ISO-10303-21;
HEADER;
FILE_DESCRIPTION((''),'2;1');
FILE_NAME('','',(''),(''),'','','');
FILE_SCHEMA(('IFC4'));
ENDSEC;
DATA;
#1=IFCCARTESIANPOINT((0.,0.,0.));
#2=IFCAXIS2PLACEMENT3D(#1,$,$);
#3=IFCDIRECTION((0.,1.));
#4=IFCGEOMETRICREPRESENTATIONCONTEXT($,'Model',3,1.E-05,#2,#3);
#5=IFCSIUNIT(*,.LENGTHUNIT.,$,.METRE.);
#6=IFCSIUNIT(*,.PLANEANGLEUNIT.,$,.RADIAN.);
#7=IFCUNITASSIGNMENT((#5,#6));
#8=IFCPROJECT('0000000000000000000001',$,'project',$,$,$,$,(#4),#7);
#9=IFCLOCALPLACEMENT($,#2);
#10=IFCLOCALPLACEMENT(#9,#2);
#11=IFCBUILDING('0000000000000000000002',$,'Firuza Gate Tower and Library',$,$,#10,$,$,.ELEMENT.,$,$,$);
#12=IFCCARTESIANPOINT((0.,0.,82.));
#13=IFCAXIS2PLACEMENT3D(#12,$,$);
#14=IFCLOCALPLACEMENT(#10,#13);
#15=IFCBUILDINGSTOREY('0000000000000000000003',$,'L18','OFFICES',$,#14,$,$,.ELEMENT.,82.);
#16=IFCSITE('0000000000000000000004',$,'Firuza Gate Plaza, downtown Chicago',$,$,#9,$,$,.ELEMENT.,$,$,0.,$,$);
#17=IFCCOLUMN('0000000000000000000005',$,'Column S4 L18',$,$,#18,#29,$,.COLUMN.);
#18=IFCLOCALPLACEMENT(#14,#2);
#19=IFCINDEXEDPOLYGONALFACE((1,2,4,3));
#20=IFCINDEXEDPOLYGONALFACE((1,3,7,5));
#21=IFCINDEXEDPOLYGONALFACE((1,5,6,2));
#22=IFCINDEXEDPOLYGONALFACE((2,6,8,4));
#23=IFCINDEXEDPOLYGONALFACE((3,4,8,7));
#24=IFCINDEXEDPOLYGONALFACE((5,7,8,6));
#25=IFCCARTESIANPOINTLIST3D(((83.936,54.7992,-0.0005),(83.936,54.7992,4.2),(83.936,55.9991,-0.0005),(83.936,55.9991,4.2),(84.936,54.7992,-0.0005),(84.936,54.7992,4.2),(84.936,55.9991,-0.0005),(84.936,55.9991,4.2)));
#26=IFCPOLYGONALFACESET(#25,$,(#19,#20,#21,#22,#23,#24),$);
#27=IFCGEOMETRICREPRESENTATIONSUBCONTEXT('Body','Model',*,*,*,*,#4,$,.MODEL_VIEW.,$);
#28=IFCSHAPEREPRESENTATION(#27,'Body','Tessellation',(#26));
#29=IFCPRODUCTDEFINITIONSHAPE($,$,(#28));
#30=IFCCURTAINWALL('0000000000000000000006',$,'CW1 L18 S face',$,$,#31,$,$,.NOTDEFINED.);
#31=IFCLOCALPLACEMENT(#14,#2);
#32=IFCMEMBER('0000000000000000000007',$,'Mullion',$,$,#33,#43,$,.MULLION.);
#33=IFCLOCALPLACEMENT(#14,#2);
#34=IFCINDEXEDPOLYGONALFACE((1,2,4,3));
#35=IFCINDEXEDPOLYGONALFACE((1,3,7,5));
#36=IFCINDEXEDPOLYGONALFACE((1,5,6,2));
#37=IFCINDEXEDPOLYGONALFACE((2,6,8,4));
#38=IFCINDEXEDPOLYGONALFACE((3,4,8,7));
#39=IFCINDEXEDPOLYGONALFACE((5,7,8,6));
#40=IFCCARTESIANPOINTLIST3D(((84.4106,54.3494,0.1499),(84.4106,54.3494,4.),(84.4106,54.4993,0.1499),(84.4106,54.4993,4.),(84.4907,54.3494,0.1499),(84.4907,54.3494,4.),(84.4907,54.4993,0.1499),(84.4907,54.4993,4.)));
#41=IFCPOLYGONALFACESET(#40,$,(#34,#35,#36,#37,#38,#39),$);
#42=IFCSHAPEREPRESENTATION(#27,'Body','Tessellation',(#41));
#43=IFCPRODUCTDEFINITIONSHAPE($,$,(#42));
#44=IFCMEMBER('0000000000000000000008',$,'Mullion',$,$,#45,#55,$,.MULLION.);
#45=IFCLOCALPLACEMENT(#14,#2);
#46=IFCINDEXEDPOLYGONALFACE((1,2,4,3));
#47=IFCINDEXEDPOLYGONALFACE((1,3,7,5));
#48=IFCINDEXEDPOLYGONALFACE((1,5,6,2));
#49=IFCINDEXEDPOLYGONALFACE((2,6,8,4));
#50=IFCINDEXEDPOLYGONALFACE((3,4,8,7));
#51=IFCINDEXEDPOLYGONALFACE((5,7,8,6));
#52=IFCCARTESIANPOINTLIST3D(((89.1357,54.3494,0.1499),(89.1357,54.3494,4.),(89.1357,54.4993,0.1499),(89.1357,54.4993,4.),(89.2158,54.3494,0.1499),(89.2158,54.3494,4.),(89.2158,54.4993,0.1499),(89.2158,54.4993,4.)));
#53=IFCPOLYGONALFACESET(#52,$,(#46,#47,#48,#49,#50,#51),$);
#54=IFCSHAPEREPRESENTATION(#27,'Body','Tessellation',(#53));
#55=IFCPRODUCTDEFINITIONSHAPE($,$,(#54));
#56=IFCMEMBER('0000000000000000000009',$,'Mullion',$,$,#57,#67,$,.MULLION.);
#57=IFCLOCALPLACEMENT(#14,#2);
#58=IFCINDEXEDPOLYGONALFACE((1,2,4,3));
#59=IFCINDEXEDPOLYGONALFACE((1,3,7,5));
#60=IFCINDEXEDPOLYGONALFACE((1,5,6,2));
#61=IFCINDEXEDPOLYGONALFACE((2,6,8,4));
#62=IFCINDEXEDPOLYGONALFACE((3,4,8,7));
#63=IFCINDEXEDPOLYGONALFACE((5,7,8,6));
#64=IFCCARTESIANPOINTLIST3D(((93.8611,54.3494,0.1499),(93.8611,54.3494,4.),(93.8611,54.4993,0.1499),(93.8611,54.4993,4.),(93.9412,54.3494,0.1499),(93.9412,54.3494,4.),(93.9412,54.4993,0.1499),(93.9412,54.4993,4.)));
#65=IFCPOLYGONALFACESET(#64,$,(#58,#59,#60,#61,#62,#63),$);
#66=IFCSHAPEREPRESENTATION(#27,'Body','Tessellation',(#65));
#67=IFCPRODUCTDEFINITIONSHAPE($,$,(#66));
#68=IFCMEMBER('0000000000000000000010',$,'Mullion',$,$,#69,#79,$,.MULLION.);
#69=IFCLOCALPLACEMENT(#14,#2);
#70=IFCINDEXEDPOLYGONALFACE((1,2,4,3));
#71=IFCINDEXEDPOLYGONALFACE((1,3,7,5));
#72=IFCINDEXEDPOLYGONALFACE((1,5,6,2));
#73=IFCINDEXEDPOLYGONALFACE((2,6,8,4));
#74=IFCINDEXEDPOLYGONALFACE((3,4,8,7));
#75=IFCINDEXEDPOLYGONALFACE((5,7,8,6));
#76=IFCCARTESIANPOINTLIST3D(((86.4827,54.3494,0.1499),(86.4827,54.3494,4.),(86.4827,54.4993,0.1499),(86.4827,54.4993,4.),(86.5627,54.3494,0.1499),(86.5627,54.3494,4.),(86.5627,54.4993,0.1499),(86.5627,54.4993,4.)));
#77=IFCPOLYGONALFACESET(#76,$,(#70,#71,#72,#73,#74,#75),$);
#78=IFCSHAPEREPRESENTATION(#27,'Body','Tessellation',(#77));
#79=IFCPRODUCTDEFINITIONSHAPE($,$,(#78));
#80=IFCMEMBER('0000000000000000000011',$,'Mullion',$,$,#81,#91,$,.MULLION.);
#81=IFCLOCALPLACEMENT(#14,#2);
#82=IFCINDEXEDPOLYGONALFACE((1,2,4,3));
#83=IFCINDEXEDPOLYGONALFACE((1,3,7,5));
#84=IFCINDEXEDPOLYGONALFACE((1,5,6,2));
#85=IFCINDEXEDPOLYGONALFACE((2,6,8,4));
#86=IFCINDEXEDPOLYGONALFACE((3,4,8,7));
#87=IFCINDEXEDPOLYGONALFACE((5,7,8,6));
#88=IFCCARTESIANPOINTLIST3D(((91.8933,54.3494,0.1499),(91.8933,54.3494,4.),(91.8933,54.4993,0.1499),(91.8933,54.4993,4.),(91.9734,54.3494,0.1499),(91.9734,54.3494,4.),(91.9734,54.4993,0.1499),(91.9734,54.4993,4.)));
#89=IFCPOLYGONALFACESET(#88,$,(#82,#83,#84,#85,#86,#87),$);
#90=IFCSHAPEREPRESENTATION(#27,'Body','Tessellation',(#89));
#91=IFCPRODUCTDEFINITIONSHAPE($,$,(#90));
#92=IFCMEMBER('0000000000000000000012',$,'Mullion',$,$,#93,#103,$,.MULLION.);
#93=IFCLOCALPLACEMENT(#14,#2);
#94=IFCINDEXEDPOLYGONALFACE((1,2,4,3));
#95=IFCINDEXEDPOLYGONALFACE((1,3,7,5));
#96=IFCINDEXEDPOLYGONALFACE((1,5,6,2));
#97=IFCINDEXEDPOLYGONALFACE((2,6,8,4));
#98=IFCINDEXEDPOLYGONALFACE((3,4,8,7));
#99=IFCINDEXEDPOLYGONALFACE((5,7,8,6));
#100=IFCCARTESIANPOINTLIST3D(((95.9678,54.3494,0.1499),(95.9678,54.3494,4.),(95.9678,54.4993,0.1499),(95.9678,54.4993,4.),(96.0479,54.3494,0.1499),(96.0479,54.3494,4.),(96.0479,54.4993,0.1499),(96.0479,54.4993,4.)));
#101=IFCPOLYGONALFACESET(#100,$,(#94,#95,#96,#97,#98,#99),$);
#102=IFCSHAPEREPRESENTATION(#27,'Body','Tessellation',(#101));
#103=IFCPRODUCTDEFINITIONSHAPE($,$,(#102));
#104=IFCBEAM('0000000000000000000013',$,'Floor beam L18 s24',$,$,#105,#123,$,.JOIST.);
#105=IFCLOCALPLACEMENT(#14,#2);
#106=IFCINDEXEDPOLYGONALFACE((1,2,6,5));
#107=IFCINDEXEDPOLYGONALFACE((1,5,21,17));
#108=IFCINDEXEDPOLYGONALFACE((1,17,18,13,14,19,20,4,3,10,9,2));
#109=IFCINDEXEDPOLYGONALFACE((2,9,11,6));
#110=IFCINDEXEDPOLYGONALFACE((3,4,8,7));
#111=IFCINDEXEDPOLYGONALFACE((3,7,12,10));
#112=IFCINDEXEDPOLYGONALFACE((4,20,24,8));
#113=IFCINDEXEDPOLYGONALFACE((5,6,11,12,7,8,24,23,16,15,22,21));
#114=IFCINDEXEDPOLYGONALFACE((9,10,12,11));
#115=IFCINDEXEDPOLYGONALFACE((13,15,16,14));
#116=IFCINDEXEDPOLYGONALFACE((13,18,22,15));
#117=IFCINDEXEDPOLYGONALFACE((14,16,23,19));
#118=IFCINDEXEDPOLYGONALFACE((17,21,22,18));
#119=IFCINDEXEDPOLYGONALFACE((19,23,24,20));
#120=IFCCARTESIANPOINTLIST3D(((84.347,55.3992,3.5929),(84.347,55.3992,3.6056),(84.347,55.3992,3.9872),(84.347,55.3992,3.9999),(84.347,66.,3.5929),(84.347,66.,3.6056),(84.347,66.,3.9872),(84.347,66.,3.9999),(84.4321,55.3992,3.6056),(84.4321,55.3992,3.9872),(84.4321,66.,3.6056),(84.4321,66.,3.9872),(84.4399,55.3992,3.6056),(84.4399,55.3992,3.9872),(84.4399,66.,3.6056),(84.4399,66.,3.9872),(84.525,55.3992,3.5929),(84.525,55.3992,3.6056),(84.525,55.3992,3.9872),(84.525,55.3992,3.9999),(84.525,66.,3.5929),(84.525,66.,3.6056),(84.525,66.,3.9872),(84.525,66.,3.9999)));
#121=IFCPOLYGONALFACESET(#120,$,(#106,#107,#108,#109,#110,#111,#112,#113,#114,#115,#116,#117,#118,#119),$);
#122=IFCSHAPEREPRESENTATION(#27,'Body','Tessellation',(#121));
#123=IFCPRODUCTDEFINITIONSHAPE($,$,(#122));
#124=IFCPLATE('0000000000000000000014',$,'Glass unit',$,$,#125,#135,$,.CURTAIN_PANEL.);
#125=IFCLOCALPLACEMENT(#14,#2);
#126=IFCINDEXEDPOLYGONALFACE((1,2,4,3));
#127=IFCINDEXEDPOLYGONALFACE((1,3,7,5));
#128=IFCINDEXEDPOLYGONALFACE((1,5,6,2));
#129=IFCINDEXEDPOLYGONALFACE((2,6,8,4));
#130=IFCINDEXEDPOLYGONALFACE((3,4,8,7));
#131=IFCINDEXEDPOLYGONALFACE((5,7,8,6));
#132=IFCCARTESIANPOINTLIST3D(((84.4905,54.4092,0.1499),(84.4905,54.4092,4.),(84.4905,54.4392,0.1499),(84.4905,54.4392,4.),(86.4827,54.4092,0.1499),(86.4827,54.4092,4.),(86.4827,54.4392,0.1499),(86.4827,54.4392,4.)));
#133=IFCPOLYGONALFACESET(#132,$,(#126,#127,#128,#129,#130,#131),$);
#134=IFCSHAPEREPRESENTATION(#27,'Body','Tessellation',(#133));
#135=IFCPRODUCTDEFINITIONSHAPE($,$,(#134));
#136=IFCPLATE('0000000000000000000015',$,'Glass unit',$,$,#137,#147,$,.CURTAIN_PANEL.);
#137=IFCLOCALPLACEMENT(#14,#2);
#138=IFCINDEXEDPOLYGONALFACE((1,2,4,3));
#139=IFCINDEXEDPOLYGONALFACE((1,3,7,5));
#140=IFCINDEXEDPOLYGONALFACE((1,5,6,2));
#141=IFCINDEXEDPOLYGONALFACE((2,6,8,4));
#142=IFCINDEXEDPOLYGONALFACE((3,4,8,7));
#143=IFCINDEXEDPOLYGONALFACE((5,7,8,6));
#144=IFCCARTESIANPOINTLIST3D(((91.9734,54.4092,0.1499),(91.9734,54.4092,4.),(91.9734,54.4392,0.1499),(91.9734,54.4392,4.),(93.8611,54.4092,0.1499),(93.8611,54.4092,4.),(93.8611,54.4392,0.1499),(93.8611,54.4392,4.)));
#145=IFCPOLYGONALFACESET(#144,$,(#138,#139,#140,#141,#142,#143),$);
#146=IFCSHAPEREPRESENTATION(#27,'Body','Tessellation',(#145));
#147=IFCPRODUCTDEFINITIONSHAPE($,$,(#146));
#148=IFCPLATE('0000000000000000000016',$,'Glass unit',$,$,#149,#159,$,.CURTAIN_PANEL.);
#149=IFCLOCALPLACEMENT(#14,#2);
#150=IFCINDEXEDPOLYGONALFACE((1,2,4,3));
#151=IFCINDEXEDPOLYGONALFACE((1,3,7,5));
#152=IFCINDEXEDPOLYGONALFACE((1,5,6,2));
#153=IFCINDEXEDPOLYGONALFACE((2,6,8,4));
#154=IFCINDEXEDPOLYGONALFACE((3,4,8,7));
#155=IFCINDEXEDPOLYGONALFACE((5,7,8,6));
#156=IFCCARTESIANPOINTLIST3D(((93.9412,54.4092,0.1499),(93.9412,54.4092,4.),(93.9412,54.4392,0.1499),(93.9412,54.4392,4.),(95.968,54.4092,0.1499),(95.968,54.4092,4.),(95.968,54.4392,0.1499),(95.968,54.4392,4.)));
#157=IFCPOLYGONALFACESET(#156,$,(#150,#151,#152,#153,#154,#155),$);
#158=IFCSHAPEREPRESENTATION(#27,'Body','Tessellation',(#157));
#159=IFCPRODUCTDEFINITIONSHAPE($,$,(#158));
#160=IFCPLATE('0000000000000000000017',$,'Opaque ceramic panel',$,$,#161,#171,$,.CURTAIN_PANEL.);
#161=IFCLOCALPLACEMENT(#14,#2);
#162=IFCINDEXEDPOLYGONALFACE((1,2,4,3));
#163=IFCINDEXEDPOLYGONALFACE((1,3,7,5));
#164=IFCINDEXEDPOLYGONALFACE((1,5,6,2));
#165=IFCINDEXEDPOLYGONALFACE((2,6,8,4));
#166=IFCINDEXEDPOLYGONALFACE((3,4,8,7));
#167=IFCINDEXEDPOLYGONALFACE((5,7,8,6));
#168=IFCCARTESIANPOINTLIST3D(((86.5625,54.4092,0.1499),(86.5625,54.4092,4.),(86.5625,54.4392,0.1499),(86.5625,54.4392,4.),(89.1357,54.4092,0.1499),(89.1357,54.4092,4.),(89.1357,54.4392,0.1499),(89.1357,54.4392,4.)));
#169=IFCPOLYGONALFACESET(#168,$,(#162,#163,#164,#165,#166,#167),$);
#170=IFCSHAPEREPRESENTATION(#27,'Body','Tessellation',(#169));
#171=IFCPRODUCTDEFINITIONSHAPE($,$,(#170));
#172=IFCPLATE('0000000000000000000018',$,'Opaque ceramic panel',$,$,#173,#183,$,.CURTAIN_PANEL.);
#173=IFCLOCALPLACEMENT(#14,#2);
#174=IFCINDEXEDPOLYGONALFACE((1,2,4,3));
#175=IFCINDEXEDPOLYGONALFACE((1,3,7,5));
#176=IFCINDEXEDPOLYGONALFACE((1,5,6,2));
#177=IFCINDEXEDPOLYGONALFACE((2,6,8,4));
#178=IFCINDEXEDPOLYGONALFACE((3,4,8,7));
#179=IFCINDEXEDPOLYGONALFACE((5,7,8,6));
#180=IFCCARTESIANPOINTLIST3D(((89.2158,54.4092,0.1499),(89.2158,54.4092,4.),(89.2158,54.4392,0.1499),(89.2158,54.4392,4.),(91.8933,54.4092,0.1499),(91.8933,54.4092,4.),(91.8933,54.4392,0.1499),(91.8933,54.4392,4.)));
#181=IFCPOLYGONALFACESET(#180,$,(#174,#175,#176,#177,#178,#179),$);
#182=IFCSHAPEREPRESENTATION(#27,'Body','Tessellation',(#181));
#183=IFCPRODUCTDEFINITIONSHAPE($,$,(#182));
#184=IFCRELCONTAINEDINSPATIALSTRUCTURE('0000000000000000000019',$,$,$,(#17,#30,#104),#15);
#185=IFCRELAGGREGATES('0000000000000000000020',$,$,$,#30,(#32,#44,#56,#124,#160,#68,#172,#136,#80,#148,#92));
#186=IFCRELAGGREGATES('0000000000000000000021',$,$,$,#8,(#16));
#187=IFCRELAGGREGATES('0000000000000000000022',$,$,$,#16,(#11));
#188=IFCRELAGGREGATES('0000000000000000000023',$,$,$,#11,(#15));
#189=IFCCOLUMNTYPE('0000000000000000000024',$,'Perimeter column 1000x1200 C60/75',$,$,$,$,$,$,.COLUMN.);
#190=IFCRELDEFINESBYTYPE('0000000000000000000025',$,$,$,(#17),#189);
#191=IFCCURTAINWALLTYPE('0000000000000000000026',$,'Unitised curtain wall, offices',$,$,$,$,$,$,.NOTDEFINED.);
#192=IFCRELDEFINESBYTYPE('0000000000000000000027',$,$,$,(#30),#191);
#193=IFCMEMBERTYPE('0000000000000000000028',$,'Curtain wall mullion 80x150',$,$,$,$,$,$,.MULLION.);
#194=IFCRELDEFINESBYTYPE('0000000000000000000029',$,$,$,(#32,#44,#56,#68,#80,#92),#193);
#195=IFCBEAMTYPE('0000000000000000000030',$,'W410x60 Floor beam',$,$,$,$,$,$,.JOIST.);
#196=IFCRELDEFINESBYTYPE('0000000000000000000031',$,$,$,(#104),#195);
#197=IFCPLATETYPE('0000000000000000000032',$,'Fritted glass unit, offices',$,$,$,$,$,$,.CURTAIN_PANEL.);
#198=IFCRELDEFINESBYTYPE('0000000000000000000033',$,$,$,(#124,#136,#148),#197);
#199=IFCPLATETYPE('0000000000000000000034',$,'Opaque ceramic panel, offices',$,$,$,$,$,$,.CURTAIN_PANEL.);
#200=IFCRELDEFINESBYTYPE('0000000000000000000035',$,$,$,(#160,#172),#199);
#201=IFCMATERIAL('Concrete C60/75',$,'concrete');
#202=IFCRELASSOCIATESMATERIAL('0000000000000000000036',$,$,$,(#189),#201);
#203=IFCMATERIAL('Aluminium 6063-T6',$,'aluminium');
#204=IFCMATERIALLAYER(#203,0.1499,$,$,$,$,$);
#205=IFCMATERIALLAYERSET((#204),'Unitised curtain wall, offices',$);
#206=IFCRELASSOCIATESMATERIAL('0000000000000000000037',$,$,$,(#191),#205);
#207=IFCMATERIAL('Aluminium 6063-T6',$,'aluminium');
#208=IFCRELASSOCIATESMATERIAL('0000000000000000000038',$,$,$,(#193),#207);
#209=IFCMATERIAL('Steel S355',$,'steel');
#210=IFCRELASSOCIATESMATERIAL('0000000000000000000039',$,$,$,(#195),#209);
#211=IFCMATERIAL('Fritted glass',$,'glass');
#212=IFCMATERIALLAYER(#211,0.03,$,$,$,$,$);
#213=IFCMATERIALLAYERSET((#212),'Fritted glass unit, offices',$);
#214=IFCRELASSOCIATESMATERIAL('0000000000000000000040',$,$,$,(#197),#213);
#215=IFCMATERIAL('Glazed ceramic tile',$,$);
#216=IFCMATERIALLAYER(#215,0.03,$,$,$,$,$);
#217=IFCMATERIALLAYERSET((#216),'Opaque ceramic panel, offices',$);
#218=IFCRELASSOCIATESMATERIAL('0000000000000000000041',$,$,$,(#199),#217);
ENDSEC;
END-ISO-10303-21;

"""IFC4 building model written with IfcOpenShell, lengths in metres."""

from ifc_helpers import new_model, si_unit, direction, frame, origin, origin_2d, place, context, subcontext, project, spatial, polyline, rectangle, i_section, outline, extrude, material, layer, layer_set, material_profile, profile_set, type_object, element, aggregate, save


model = new_model("IFC4")

# Units and contexts
model_context = context("Model", 3, precision=1e-05, world=origin(), true_north=direction((0.0, 1.0)))
body_context = subcontext(model_context, "Body", "Model", "MODEL_VIEW")
ifc_project = project(units=[si_unit("LENGTHUNIT", "METRE"), si_unit("PLANEANGLEUNIT", "RADIAN")], contexts=[model_context])

# Site, building, storey
site_placement = place(None, origin())
site = spatial("IfcSite", under=ifc_project, at=site_placement, Name="Firuza Gate Plaza, downtown Chicago", CompositionType="ELEMENT", RefElevation=0.0)
building_placement = place(site_placement, origin())
building = spatial("IfcBuilding", under=site, at=building_placement, Name="Firuza Gate Tower and Library", CompositionType="ELEMENT")
storey_placement = place(building_placement, frame((0.0, 0.0, 82.0)))
storey = spatial("IfcBuildingStorey", under=building, at=storey_placement, Name="L18", Description="OFFICES", CompositionType="ELEMENT", Elevation=82.0)

# Column
ifc_material_1 = material(Name="Concrete C60/75", Category="concrete")
ifc_material_profile_1 = material_profile(ifc_material_1, rectangle(XDim=1.0, YDim=1.2, at=origin_2d()))
ifc_profile_set_1 = profile_set([ifc_material_profile_1], Name="Concrete C60/75")
column_type = type_object("IfcColumnType", Name="Perimeter column 1000x1200 C60/75", PredefinedType="COLUMN", material=ifc_profile_set_1)
column_placement = place(storey_placement, frame((84.436, 55.3992, -0.0005), z_axis=(0.0, 0.0, 1.0), x_axis=(1.0, 0.0, 0.0)))
element("IfcColumn", 1, at=column_placement, inside=storey, type_object=column_type, Name="Column S4 L18", PredefinedType="COLUMN", context=body_context, shape_type="SweptSolid", body=[
    extrude(rectangle(XDim=1.0, YDim=1.2, at=origin_2d()), origin(), (0.0, 0.0, 1.0), 4.2004),
])

# Curtain wall, members
ifc_material_2 = material(Name="Aluminium 6063-T6", Category="aluminium")
ifc_layer_1 = layer(ifc_material_2, 0.1499)
ifc_layer_set_1 = layer_set([ifc_layer_1], Name="Unitised curtain wall, offices")
curtain_wall_type = type_object("IfcCurtainWallType", Name="Unitised curtain wall, offices", PredefinedType="NOTDEFINED", material=ifc_layer_set_1)
curtain_wall_placement = place(storey_placement, origin())
curtain_wall = element("IfcCurtainWall", 2, at=curtain_wall_placement, inside=storey, type_object=curtain_wall_type, Name="CW1 L18 S face", PredefinedType="NOTDEFINED")
ifc_material_3 = material(Name="Aluminium 6063-T6", Category="aluminium")
ifc_material_profile_2 = material_profile(ifc_material_3, rectangle(XDim=0.1499, YDim=0.0801, at=origin_2d()))
ifc_profile_set_2 = profile_set([ifc_material_profile_2], Name="Aluminium 6063-T6")
member_type = type_object("IfcMemberType", Name="Curtain wall mullion 80x150", PredefinedType="MULLION", material=ifc_profile_set_2)
member_1_placement = place(storey_placement, frame((84.4507, 54.4243, 0.1499), z_axis=(0.0, 0.0, 1.0), x_axis=(0.0, 1.0, 0.0)))
member_1 = element("IfcMember", 3, at=member_1_placement, type_object=member_type, Name="Mullion", PredefinedType="MULLION", context=body_context, shape_type="SweptSolid", body=[
    extrude(rectangle(XDim=0.1499, YDim=0.0801, at=origin_2d()), origin(), (0.0, 0.0, 1.0), 3.8501),
])
member_2_placement = place(storey_placement, frame((89.1758, 54.4243, 0.1499), z_axis=(0.0, 0.0, 1.0), x_axis=(0.0, 1.0, 0.0)))
member_2 = element("IfcMember", 4, at=member_2_placement, type_object=member_type, Name="Mullion", PredefinedType="MULLION", context=body_context, shape_type="SweptSolid", body=[
    extrude(rectangle(XDim=0.1499, YDim=0.0801, at=origin_2d()), origin(), (0.0, 0.0, 1.0), 3.8501),
])
member_3_placement = place(storey_placement, frame((93.9011, 54.4243, 0.1499), z_axis=(0.0, 0.0, 1.0), x_axis=(0.0, 1.0, 0.0)))
member_3 = element("IfcMember", 5, at=member_3_placement, type_object=member_type, Name="Mullion", PredefinedType="MULLION", context=body_context, shape_type="SweptSolid", body=[
    extrude(rectangle(XDim=0.1499, YDim=0.0801, at=origin_2d()), origin(), (0.0, 0.0, 1.0), 3.8501),
])
member_4_placement = place(storey_placement, frame((86.5227, 54.4243, 0.1499), z_axis=(0.0, 0.0, 1.0), x_axis=(0.0, 1.0, 0.0)))
member_4 = element("IfcMember", 6, at=member_4_placement, type_object=member_type, Name="Mullion", PredefinedType="MULLION", context=body_context, shape_type="SweptSolid", body=[
    extrude(rectangle(XDim=0.1499, YDim=0.0801, at=origin_2d()), origin(), (0.0, 0.0, 1.0), 3.8501),
])
member_5_placement = place(storey_placement, frame((91.9333, 54.4243, 0.1499), z_axis=(0.0, 0.0, 1.0), x_axis=(0.0, 1.0, 0.0)))
member_5 = element("IfcMember", 7, at=member_5_placement, type_object=member_type, Name="Mullion", PredefinedType="MULLION", context=body_context, shape_type="SweptSolid", body=[
    extrude(rectangle(XDim=0.1499, YDim=0.0801, at=origin_2d()), origin(), (0.0, 0.0, 1.0), 3.8501),
])
member_6_placement = place(storey_placement, frame((96.0078, 54.4243, 0.1499), z_axis=(0.0, 0.0, 1.0), x_axis=(0.0, 1.0, 0.0)))
member_6 = element("IfcMember", 8, at=member_6_placement, type_object=member_type, Name="Mullion", PredefinedType="MULLION", context=body_context, shape_type="SweptSolid", body=[
    extrude(rectangle(XDim=0.1499, YDim=0.0801, at=origin_2d()), origin(), (0.0, 0.0, 1.0), 3.8501),
])

# Beam
ifc_material_4 = material(Name="Steel S355", Category="steel")
ifc_material_profile_3 = material_profile(ifc_material_4, i_section(OverallWidth=0.178, OverallDepth=0.407, WebThickness=0.0078, FlangeThickness=0.0127, at=origin_2d()))
ifc_profile_set_3 = profile_set([ifc_material_profile_3], Name="Steel S355")
beam_type = type_object("IfcBeamType", Name="W410x60 Floor beam", PredefinedType="JOIST", material=ifc_profile_set_3)
beam_placement = place(storey_placement, frame((84.436, 55.3992, 3.7964), z_axis=(0.0, 1.0, 0.0), x_axis=(-1.0, 0.0, 0.0)))
element("IfcBeam", 9, at=beam_placement, inside=storey, type_object=beam_type, Name="Floor beam L18 s24", PredefinedType="JOIST", context=body_context, shape_type="SweptSolid", body=[
    extrude(i_section(OverallWidth=0.178, OverallDepth=0.407, WebThickness=0.0078, FlangeThickness=0.0127, at=origin_2d()), origin(), (0.0, 0.0, 1.0), 10.6008),
])

# Plates
ifc_material_5 = material(Name="Fritted glass", Category="glass")
ifc_layer_2 = layer(ifc_material_5, 0.03)
ifc_layer_set_2 = layer_set([ifc_layer_2], Name="Fritted glass unit, offices")
plate_type_1 = type_object("IfcPlateType", Name="Fritted glass unit, offices", PredefinedType="CURTAIN_PANEL", material=ifc_layer_set_2)
plate_1_placement = place(storey_placement, frame((84.4905, 54.4092, 0.1499), z_axis=(0.0, -1.0, 0.0), x_axis=(1.0, 0.0, 0.0)))
plate_1 = element("IfcPlate", 10, at=plate_1_placement, type_object=plate_type_1, Name="Glass unit", PredefinedType="CURTAIN_PANEL", context=body_context, shape_type="SweptSolid", body=[
    extrude(outline(polyline([(0.0, 0.0), (1.9922, 0.0), (1.9922, 3.8501), (0.0, 3.8501), (0.0, 0.0)])), origin(), (0.0, 0.0, -1.0), 0.03),
])
plate_2_placement = place(storey_placement, frame((91.9734, 54.4092, 0.1499), z_axis=(0.0, -1.0, 0.0), x_axis=(1.0, 0.0, 0.0)))
plate_2 = element("IfcPlate", 11, at=plate_2_placement, type_object=plate_type_1, Name="Glass unit", PredefinedType="CURTAIN_PANEL", context=body_context, shape_type="SweptSolid", body=[
    extrude(outline(polyline([(0.0, 0.0), (1.8877, 0.0), (1.8877, 3.8501), (0.0, 3.8501), (0.0, 0.0)])), origin(), (0.0, 0.0, -1.0), 0.03),
])
plate_3_placement = place(storey_placement, frame((93.9412, 54.4092, 0.1499), z_axis=(0.0, -1.0, 0.0), x_axis=(1.0, 0.0, 0.0)))
plate_3 = element("IfcPlate", 12, at=plate_3_placement, type_object=plate_type_1, Name="Glass unit", PredefinedType="CURTAIN_PANEL", context=body_context, shape_type="SweptSolid", body=[
    extrude(outline(polyline([(0.0, 0.0), (2.0269, 0.0), (2.0269, 3.8501), (0.0, 3.8501), (0.0, 0.0)])), origin(), (0.0, 0.0, -1.0), 0.03),
])
ifc_material_6 = material(Name="Glazed ceramic tile")
ifc_layer_3 = layer(ifc_material_6, 0.03)
ifc_layer_set_3 = layer_set([ifc_layer_3], Name="Opaque ceramic panel, offices")
plate_type_2 = type_object("IfcPlateType", Name="Opaque ceramic panel, offices", PredefinedType="CURTAIN_PANEL", material=ifc_layer_set_3)
plate_4_placement = place(storey_placement, frame((86.5625, 54.4092, 0.1499), z_axis=(0.0, -1.0, 0.0), x_axis=(1.0, 0.0, 0.0)))
plate_4 = element("IfcPlate", 13, at=plate_4_placement, type_object=plate_type_2, Name="Opaque ceramic panel", PredefinedType="CURTAIN_PANEL", context=body_context, shape_type="SweptSolid", body=[
    extrude(outline(polyline([(0.0, 0.0), (2.5732, 0.0), (2.5732, 3.8501), (0.0, 3.8501), (0.0, 0.0)])), origin(), (0.0, 0.0, -1.0), 0.03),
])
plate_5_placement = place(storey_placement, frame((89.2158, 54.4092, 0.1499), z_axis=(0.0, -1.0, 0.0), x_axis=(1.0, 0.0, 0.0)))
plate_5 = element("IfcPlate", 14, at=plate_5_placement, type_object=plate_type_2, Name="Opaque ceramic panel", PredefinedType="CURTAIN_PANEL", context=body_context, shape_type="SweptSolid", body=[
    extrude(outline(polyline([(0.0, 0.0), (2.6775, 0.0), (2.6775, 3.8501), (0.0, 3.8501), (0.0, 0.0)])), origin(), (0.0, 0.0, -1.0), 0.03),
])
aggregate(curtain_wall, [member_1, member_2, member_3, plate_1, plate_4, member_4, plate_5, plate_2, member_5, plate_3, member_6])

save(model, "model.ifc")
